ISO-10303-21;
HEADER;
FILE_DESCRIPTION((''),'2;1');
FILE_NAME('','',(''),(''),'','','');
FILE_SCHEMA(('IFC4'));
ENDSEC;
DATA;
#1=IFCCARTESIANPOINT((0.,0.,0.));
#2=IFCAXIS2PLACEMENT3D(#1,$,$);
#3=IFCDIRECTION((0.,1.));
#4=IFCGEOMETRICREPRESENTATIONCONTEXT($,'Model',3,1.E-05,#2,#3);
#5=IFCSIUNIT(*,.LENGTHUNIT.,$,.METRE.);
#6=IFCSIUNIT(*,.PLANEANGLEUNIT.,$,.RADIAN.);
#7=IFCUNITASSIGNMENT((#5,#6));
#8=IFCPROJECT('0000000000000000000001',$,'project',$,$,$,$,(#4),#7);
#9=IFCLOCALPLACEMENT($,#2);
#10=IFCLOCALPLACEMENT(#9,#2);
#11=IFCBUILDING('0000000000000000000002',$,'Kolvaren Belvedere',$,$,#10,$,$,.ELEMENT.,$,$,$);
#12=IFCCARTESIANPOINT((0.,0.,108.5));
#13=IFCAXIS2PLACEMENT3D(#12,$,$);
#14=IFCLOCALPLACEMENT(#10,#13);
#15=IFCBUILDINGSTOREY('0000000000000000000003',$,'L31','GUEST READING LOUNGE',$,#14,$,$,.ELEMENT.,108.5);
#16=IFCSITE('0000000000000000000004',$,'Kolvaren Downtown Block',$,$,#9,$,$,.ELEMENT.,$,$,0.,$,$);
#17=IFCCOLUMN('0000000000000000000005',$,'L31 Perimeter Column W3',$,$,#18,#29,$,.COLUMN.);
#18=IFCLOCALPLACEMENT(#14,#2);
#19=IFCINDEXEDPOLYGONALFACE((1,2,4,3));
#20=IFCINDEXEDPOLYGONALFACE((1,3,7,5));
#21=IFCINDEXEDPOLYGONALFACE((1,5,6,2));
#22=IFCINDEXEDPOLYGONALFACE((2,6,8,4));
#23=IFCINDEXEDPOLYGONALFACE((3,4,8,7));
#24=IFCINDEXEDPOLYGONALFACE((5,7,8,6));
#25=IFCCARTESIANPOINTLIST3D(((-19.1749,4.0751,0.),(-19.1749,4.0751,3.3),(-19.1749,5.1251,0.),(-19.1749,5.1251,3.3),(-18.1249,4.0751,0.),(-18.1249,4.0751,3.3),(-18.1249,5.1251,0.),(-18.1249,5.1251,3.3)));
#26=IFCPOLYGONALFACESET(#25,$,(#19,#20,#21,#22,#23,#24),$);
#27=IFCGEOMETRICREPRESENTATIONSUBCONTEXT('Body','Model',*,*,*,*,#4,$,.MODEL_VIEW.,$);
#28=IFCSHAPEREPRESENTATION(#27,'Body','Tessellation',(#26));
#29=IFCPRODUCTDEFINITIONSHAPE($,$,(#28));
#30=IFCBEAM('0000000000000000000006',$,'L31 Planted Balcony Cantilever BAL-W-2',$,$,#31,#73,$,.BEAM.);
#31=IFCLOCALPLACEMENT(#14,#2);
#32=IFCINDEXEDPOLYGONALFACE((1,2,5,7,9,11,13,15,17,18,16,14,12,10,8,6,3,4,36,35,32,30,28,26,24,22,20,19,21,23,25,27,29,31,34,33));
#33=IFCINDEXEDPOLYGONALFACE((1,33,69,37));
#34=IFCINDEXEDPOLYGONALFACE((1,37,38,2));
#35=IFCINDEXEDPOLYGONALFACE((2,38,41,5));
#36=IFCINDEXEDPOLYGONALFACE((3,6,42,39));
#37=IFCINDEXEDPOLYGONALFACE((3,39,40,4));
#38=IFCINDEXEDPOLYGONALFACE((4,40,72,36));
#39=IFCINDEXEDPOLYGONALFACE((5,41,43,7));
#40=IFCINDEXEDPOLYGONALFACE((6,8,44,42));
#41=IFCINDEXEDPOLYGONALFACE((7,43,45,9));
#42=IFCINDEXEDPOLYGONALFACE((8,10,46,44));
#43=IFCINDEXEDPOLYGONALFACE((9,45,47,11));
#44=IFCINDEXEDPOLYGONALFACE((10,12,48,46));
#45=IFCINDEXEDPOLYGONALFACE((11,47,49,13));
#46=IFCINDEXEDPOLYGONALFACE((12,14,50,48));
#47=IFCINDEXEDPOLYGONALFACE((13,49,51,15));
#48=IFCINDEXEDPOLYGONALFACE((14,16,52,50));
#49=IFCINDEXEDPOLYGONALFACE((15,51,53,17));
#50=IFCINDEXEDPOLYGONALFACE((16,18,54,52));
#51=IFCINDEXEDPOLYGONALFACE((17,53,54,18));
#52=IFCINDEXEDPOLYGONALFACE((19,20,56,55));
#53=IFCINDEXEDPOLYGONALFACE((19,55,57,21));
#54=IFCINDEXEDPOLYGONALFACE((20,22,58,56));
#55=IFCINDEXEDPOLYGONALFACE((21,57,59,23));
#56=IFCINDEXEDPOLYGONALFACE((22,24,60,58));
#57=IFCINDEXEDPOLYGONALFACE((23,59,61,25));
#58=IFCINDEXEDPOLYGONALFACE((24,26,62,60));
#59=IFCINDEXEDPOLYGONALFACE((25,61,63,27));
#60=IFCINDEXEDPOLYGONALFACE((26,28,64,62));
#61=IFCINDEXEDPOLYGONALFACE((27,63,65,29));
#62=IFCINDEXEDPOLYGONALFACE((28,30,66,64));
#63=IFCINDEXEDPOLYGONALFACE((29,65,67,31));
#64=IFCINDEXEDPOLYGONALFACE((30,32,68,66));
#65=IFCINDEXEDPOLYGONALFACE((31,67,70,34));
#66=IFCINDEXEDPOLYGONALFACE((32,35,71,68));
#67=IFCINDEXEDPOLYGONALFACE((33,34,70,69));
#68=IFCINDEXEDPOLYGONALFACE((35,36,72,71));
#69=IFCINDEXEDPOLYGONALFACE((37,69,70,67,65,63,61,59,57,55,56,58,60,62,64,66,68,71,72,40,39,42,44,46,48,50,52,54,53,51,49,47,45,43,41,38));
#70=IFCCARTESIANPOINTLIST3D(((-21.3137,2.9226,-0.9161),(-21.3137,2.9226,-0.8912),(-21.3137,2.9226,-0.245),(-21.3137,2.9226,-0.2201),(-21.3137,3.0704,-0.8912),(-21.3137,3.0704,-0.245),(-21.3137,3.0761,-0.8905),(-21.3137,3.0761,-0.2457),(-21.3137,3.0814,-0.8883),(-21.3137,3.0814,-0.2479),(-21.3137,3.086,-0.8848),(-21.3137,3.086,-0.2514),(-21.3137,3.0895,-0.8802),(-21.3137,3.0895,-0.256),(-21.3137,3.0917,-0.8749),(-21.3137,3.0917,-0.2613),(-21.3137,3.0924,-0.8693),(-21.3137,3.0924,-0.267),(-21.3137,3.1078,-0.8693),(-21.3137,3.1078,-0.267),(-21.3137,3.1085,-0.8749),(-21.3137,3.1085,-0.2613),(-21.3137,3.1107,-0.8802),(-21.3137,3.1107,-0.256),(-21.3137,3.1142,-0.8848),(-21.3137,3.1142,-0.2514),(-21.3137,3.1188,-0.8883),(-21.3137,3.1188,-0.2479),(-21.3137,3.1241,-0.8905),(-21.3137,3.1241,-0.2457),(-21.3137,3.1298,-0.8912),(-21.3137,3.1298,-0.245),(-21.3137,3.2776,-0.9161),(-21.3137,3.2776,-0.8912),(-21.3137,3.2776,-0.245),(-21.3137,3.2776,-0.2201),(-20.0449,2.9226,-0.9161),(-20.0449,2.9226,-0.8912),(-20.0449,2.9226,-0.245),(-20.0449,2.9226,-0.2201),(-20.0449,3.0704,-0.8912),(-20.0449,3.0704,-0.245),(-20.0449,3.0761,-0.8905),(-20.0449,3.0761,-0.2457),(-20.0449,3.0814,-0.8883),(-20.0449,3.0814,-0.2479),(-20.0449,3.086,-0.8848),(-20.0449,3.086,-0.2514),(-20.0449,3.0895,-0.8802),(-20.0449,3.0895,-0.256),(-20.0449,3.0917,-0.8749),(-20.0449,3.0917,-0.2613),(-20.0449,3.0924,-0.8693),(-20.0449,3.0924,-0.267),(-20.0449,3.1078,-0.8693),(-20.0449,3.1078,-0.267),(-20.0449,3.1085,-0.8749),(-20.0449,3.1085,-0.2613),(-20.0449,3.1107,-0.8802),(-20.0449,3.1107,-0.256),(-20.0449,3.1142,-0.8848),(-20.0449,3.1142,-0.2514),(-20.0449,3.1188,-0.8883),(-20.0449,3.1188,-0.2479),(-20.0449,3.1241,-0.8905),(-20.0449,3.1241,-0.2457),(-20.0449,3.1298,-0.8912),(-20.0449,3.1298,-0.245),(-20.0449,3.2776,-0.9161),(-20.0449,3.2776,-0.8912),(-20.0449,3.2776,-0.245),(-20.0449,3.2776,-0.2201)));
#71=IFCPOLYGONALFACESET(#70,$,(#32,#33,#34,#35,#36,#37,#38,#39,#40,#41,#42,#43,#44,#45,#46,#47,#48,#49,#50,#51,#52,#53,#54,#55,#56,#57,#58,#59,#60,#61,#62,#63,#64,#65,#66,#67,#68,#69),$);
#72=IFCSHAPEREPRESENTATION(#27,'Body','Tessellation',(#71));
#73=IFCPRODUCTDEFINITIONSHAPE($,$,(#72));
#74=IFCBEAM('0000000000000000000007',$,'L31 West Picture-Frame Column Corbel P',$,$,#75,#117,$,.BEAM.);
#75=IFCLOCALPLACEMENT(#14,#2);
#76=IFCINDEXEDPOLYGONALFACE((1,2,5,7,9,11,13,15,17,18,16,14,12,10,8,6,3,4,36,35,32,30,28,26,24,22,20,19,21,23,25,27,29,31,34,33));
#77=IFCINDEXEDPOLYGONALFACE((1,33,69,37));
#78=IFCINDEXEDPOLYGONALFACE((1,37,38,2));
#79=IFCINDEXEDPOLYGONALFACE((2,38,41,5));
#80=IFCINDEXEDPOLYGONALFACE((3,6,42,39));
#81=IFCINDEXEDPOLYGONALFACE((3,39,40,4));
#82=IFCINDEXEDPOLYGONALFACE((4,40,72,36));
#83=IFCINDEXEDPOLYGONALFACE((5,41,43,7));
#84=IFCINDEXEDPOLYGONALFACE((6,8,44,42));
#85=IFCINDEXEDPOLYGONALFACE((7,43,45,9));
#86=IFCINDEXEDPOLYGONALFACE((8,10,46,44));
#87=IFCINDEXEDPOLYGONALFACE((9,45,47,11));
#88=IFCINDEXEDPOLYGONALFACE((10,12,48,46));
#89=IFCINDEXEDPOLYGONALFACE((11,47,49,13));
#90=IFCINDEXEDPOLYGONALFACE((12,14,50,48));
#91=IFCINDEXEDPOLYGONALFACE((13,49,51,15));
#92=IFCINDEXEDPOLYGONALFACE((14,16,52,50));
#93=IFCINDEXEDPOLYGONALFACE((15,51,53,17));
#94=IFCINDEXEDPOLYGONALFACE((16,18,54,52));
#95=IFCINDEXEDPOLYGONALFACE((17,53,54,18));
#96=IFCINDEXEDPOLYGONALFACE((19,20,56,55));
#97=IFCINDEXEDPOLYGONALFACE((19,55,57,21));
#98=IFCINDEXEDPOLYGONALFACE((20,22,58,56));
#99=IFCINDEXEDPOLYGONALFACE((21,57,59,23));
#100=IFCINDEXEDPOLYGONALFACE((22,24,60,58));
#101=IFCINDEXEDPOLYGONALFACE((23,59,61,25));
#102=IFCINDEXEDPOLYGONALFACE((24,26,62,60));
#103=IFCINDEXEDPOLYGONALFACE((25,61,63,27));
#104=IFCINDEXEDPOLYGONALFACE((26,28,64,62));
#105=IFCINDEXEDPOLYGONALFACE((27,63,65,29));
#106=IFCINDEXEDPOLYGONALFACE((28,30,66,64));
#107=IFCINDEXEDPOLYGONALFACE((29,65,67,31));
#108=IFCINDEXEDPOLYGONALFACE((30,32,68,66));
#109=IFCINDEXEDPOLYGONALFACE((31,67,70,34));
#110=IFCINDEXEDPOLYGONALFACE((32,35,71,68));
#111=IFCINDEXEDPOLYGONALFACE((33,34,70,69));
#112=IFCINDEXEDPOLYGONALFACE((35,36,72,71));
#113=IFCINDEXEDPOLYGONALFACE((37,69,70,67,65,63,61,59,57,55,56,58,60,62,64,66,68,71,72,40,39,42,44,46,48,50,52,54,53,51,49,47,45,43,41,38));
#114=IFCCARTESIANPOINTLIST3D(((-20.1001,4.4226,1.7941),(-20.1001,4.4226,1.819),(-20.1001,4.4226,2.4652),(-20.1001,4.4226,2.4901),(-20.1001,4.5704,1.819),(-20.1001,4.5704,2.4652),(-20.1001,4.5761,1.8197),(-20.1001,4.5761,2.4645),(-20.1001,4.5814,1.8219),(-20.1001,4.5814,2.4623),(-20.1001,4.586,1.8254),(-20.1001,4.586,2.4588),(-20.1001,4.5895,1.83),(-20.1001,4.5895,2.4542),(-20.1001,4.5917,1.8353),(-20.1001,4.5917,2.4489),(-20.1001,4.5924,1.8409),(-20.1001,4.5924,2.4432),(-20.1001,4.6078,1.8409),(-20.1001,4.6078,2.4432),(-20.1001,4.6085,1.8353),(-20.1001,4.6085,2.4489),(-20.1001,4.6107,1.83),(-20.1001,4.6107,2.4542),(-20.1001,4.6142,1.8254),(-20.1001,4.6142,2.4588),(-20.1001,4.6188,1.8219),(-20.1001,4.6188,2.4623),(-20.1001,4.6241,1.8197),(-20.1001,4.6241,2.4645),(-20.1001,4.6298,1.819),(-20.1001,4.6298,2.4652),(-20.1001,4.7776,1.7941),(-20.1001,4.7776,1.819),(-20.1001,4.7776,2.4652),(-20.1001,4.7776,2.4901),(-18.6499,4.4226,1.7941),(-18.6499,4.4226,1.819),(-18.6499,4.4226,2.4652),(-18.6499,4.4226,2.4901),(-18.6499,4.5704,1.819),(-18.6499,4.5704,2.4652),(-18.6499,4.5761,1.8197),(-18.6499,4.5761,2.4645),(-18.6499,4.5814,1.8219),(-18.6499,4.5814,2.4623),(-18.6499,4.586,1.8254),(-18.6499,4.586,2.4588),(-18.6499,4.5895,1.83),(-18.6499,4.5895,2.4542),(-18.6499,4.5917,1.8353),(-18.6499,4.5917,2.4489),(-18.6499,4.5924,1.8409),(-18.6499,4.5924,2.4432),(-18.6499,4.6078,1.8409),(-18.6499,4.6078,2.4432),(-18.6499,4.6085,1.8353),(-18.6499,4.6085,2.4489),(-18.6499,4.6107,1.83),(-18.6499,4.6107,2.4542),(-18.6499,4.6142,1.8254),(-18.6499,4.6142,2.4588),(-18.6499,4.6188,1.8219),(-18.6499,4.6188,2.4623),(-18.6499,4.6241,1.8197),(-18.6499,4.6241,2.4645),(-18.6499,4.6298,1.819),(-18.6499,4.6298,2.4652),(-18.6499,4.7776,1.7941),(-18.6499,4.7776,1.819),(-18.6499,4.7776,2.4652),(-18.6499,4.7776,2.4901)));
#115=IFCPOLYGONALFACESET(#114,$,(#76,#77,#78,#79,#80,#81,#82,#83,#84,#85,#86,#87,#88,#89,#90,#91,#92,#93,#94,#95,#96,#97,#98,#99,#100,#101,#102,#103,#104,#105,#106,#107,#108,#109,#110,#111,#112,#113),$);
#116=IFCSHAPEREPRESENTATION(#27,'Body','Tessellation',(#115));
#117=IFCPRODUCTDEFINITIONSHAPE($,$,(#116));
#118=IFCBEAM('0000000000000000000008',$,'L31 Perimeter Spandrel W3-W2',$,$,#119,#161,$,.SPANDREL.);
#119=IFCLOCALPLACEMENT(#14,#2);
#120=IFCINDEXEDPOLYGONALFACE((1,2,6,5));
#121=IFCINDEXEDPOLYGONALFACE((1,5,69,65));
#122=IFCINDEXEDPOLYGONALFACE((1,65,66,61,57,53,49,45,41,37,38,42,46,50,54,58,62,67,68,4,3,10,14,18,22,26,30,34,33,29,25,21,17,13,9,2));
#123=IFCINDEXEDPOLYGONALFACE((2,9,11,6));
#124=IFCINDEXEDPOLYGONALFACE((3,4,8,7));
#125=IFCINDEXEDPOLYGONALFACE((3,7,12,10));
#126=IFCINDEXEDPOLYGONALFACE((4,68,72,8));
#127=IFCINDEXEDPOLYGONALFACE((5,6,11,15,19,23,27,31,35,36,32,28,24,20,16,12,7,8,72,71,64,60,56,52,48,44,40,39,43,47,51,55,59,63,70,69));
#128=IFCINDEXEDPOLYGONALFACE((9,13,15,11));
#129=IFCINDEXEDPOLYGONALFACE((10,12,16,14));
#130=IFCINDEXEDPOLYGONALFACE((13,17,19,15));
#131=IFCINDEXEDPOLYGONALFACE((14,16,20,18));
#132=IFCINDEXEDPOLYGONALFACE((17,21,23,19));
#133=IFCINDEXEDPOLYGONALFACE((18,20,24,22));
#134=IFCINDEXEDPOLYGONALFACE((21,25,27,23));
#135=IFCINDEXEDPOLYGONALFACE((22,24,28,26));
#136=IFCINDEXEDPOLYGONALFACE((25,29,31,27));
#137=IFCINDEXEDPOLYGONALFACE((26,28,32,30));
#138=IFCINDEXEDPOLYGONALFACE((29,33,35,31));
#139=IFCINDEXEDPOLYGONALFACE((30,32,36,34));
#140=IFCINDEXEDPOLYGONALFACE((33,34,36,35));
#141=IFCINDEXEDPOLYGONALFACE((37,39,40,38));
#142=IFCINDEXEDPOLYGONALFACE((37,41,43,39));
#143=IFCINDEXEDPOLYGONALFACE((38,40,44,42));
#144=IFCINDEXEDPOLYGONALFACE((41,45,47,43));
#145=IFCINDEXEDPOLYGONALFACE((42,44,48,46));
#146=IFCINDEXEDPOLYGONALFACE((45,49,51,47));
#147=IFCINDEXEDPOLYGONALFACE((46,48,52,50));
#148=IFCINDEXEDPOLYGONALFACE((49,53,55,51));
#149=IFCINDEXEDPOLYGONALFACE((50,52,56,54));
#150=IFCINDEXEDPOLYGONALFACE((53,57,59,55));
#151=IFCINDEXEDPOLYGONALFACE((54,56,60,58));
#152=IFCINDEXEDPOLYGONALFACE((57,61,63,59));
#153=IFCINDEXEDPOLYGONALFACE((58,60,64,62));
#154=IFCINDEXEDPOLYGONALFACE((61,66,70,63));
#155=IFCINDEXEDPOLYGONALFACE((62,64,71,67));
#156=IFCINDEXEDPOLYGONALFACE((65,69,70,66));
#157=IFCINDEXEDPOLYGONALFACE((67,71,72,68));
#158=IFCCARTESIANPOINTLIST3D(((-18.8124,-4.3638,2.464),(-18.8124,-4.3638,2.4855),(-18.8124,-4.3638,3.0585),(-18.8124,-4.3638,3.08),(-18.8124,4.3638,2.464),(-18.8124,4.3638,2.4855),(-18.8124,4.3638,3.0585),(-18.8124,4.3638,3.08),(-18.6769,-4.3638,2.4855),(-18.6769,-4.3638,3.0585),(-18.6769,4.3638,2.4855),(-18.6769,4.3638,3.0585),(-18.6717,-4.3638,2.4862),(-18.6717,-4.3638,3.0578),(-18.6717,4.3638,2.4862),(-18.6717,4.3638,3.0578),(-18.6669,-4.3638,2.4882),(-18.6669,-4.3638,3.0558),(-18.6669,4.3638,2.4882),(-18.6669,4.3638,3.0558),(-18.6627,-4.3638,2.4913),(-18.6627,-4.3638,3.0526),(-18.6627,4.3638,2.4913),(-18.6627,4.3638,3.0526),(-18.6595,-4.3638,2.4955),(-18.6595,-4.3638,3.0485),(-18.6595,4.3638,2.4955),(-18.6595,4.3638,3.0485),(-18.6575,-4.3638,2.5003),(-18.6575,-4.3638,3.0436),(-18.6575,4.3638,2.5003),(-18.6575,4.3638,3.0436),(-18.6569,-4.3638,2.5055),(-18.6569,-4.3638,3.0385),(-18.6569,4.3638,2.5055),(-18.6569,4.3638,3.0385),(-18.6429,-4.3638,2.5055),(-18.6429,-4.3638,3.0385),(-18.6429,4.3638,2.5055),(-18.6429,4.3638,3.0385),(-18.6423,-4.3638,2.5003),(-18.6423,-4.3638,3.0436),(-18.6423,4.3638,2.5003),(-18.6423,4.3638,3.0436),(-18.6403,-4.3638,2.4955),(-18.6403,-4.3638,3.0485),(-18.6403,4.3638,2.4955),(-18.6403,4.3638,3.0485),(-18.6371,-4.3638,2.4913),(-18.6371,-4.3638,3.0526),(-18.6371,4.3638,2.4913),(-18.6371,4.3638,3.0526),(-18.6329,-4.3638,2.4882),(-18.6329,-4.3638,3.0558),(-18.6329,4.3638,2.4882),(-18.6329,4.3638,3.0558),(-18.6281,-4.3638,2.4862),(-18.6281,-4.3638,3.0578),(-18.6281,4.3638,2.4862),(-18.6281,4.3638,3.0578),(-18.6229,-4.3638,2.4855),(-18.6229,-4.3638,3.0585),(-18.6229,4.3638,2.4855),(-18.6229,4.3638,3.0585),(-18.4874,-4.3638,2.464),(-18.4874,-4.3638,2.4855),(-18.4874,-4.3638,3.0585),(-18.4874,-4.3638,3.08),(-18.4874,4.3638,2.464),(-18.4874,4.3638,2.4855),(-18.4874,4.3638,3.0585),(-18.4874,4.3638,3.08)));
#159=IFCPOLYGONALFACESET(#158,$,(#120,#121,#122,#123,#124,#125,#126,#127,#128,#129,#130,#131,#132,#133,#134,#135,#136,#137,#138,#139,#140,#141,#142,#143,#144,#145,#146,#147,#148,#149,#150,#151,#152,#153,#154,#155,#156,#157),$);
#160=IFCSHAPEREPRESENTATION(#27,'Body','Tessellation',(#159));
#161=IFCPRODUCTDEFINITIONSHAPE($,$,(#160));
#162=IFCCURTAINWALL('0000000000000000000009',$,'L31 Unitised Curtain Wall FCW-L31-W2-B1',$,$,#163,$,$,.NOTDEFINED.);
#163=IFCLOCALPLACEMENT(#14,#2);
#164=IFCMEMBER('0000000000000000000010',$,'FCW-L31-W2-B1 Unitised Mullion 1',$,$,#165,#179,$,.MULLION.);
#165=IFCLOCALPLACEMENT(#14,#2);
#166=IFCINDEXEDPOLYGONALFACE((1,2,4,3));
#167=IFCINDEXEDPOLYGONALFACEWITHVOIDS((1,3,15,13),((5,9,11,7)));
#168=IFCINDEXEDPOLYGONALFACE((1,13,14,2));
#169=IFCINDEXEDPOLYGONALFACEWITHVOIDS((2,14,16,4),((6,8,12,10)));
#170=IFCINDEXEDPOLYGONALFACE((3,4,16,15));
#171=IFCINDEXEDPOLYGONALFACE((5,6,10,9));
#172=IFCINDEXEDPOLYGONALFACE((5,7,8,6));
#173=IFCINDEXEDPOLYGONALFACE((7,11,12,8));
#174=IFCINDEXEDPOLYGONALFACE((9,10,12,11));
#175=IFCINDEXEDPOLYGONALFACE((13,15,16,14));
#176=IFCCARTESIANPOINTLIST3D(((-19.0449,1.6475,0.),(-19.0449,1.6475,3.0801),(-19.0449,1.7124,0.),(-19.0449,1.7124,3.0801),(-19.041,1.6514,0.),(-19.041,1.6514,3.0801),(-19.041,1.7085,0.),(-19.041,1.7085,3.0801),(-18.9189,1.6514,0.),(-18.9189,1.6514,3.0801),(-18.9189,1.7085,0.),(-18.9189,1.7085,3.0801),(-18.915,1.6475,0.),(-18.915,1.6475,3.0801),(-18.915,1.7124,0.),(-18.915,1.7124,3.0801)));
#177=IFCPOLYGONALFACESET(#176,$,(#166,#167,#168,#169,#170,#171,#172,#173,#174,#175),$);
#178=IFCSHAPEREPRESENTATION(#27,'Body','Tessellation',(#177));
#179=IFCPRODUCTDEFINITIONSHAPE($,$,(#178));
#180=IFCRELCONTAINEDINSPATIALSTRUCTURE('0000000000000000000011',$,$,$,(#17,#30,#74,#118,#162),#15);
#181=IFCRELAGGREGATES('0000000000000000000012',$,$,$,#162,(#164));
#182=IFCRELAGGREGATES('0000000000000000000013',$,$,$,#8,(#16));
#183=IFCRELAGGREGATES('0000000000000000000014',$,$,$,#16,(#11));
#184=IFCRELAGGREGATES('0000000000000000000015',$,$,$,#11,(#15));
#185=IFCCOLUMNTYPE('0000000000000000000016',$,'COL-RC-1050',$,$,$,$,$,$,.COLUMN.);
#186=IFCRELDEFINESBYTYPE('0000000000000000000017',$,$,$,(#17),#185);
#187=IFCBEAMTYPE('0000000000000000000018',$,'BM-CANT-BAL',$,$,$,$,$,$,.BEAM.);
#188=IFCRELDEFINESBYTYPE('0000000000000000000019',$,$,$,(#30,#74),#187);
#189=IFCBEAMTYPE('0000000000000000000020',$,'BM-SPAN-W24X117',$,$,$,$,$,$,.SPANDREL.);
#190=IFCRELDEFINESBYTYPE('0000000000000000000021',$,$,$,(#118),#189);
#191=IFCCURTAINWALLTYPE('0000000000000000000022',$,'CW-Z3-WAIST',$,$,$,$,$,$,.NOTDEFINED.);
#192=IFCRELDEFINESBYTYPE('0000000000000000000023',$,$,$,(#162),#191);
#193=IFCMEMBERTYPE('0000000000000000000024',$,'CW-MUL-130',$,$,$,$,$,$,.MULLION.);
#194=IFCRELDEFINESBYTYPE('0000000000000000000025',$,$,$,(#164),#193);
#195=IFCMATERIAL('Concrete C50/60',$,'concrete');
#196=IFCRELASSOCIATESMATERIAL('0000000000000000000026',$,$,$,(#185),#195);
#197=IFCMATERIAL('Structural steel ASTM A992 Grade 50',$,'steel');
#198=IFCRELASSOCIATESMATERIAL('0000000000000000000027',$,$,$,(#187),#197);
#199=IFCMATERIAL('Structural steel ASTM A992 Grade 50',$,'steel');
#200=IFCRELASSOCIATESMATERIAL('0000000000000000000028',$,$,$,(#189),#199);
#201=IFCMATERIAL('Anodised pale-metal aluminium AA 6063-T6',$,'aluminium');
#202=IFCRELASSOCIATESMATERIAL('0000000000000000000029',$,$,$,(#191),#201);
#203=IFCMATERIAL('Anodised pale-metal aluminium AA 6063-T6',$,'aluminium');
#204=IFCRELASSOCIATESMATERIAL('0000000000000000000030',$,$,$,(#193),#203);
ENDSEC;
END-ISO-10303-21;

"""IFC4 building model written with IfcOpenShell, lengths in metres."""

from ifc_helpers import new_model, si_unit, direction, frame, origin, origin_2d, place, context, subcontext, project, spatial, rectangle, hollow_rectangle, i_section, extrude, material, material_profile, profile_set, type_object, element, aggregate, save


model = new_model("IFC4")

# Units and contexts
model_context = context("Model", 3, precision=1e-05, world=origin(), true_north=direction((0.0, 1.0)))
body_context = subcontext(model_context, "Body", "Model", "MODEL_VIEW")
ifc_project = project(units=[si_unit("LENGTHUNIT", "METRE"), si_unit("PLANEANGLEUNIT", "RADIAN")], contexts=[model_context])

# Site, building, storey
site_placement = place(None, origin())
site = spatial("IfcSite", under=ifc_project, at=site_placement, Name="Kolvaren Downtown Block", CompositionType="ELEMENT", RefElevation=0.0)
building_placement = place(site_placement, origin())
building = spatial("IfcBuilding", under=site, at=building_placement, Name="Kolvaren Belvedere", CompositionType="ELEMENT")
storey_placement = place(building_placement, frame((0.0, 0.0, 108.5)))
storey = spatial("IfcBuildingStorey", under=building, at=storey_placement, Name="L31", Description="GUEST READING LOUNGE", CompositionType="ELEMENT", Elevation=108.5)

# Column
ifc_material_1 = material(Name="Concrete C50/60", Category="concrete")
ifc_material_profile_1 = material_profile(ifc_material_1, rectangle(XDim=1.05, YDim=1.05, at=origin_2d()), Name="RC 1050X1050")
ifc_profile_set_1 = profile_set([ifc_material_profile_1], Name="Concrete C50/60")
column_type = type_object("IfcColumnType", Name="COL-RC-1050", PredefinedType="COLUMN", material=ifc_profile_set_1)
column_placement = place(storey_placement, frame((-18.6499, 4.6001, 0.0), z_axis=(0.0, 0.0, 1.0), x_axis=(1.0, 0.0, 0.0)))
element("IfcColumn", 1, at=column_placement, inside=storey, type_object=column_type, Name="L31 Perimeter Column W3", PredefinedType="COLUMN", context=body_context, shape_type="SweptSolid", body=[
    extrude(rectangle(XDim=1.05, YDim=1.05, at=origin_2d()), origin(), (0.0, 0.0, 1.0), 3.3),
])

# Beams
ifc_material_2 = material(Name="Structural steel ASTM A992 Grade 50", Category="steel")
ifc_material_profile_2 = material_profile(ifc_material_2, i_section(OverallWidth=0.355, OverallDepth=0.696, WebThickness=0.0154, FlangeThickness=0.0249, FilletRadius=0.022, at=origin_2d()), Name="W27X146")
ifc_profile_set_2 = profile_set([ifc_material_profile_2], Name="Structural steel ASTM A992 Grade 50")
beam_type_1 = type_object("IfcBeamType", Name="BM-CANT-BAL", PredefinedType="BEAM", material=ifc_profile_set_2)
beam_1_placement = place(storey_placement, frame((-20.0449, 3.1001, -0.5681), z_axis=(-1.0, 0.0, 0.0), x_axis=(0.0, -1.0, 0.0)))
element("IfcBeam", 2, at=beam_1_placement, inside=storey, type_object=beam_type_1, Name="L31 Planted Balcony Cantilever BAL-W-2", PredefinedType="BEAM", context=body_context, shape_type="SweptSolid", body=[
    extrude(i_section(OverallWidth=0.355, OverallDepth=0.696, WebThickness=0.0154, FlangeThickness=0.0249, FilletRadius=0.022, at=origin_2d()), origin(), (0.0, 0.0, 1.0), 1.2688),
])
beam_2_placement = place(storey_placement, frame((-18.6499, 4.6001, 2.1421), z_axis=(-1.0, 0.0, 0.0), x_axis=(0.0, -1.0, 0.0)))
element("IfcBeam", 3, at=beam_2_placement, inside=storey, type_object=beam_type_1, Name="L31 West Picture-Frame Column Corbel P", PredefinedType="BEAM", context=body_context, shape_type="SweptSolid", body=[
    extrude(i_section(OverallWidth=0.355, OverallDepth=0.696, WebThickness=0.0154, FlangeThickness=0.0249, FilletRadius=0.022, at=origin_2d()), origin(), (0.0, 0.0, 1.0), 1.4502),
])
ifc_material_3 = material(Name="Structural steel ASTM A992 Grade 50", Category="steel")
ifc_material_profile_3 = material_profile(ifc_material_3, i_section(OverallWidth=0.325, OverallDepth=0.616, WebThickness=0.0139, FlangeThickness=0.0215, FilletRadius=0.02, at=origin_2d()), Name="W24X117")
ifc_profile_set_3 = profile_set([ifc_material_profile_3], Name="Structural steel ASTM A992 Grade 50")
beam_type_2 = type_object("IfcBeamType", Name="BM-SPAN-W24X117", PredefinedType="SPANDREL", material=ifc_profile_set_3)
beam_3_placement = place(storey_placement, frame((-18.6499, 4.3638, 2.772), z_axis=(0.0, -1.0, 0.0), x_axis=(1.0, 0.0, 0.0)))
element("IfcBeam", 4, at=beam_3_placement, inside=storey, type_object=beam_type_2, Name="L31 Perimeter Spandrel W3-W2", PredefinedType="SPANDREL", context=body_context, shape_type="SweptSolid", body=[
    extrude(i_section(OverallWidth=0.325, OverallDepth=0.616, WebThickness=0.0139, FlangeThickness=0.0215, FilletRadius=0.02, at=origin_2d()), origin(), (0.0, 0.0, 1.0), 8.7275),
])

# Curtain wall, member
ifc_material_4 = material(Name="Anodised pale-metal aluminium AA 6063-T6", Category="aluminium")
curtain_wall_type = type_object("IfcCurtainWallType", Name="CW-Z3-WAIST", PredefinedType="NOTDEFINED", material=ifc_material_4)
curtain_wall_1_placement = place(storey_placement, origin())
curtain_wall_1 = element("IfcCurtainWall", 5, at=curtain_wall_1_placement, inside=storey, type_object=curtain_wall_type, Name="L31 Unitised Curtain Wall FCW-L31-W2-B1", PredefinedType="NOTDEFINED")
ifc_material_5 = material(Name="Anodised pale-metal aluminium AA 6063-T6", Category="aluminium")
ifc_material_profile_4 = material_profile(ifc_material_5, hollow_rectangle(XDim=0.0649, YDim=0.1299, WallThickness=0.0039, at=origin_2d()), Name="ALU-MUL-130X65")
ifc_profile_set_4 = profile_set([ifc_material_profile_4], Name="Anodised pale-metal aluminium AA 6063-T6")
member_type_1 = type_object("IfcMemberType", Name="CW-MUL-130", PredefinedType="MULLION", material=ifc_profile_set_4)
member_1_placement = place(storey_placement, frame((-18.98, 1.6799, 0.0), z_axis=(0.0, 0.0, 1.0), x_axis=(0.0, 1.0, 0.0)))
member_1 = element("IfcMember", 6, at=member_1_placement, type_object=member_type_1, Name="FCW-L31-W2-B1 Unitised Mullion 1", PredefinedType="MULLION", context=body_context, shape_type="SweptSolid", body=[
    extrude(hollow_rectangle(XDim=0.0649, YDim=0.1299, WallThickness=0.0039, at=origin_2d()), origin(), (0.0, 0.0, 1.0), 3.0801),
])

aggregate(curtain_wall_1, [member_1])

save(model, "model.ifc")
